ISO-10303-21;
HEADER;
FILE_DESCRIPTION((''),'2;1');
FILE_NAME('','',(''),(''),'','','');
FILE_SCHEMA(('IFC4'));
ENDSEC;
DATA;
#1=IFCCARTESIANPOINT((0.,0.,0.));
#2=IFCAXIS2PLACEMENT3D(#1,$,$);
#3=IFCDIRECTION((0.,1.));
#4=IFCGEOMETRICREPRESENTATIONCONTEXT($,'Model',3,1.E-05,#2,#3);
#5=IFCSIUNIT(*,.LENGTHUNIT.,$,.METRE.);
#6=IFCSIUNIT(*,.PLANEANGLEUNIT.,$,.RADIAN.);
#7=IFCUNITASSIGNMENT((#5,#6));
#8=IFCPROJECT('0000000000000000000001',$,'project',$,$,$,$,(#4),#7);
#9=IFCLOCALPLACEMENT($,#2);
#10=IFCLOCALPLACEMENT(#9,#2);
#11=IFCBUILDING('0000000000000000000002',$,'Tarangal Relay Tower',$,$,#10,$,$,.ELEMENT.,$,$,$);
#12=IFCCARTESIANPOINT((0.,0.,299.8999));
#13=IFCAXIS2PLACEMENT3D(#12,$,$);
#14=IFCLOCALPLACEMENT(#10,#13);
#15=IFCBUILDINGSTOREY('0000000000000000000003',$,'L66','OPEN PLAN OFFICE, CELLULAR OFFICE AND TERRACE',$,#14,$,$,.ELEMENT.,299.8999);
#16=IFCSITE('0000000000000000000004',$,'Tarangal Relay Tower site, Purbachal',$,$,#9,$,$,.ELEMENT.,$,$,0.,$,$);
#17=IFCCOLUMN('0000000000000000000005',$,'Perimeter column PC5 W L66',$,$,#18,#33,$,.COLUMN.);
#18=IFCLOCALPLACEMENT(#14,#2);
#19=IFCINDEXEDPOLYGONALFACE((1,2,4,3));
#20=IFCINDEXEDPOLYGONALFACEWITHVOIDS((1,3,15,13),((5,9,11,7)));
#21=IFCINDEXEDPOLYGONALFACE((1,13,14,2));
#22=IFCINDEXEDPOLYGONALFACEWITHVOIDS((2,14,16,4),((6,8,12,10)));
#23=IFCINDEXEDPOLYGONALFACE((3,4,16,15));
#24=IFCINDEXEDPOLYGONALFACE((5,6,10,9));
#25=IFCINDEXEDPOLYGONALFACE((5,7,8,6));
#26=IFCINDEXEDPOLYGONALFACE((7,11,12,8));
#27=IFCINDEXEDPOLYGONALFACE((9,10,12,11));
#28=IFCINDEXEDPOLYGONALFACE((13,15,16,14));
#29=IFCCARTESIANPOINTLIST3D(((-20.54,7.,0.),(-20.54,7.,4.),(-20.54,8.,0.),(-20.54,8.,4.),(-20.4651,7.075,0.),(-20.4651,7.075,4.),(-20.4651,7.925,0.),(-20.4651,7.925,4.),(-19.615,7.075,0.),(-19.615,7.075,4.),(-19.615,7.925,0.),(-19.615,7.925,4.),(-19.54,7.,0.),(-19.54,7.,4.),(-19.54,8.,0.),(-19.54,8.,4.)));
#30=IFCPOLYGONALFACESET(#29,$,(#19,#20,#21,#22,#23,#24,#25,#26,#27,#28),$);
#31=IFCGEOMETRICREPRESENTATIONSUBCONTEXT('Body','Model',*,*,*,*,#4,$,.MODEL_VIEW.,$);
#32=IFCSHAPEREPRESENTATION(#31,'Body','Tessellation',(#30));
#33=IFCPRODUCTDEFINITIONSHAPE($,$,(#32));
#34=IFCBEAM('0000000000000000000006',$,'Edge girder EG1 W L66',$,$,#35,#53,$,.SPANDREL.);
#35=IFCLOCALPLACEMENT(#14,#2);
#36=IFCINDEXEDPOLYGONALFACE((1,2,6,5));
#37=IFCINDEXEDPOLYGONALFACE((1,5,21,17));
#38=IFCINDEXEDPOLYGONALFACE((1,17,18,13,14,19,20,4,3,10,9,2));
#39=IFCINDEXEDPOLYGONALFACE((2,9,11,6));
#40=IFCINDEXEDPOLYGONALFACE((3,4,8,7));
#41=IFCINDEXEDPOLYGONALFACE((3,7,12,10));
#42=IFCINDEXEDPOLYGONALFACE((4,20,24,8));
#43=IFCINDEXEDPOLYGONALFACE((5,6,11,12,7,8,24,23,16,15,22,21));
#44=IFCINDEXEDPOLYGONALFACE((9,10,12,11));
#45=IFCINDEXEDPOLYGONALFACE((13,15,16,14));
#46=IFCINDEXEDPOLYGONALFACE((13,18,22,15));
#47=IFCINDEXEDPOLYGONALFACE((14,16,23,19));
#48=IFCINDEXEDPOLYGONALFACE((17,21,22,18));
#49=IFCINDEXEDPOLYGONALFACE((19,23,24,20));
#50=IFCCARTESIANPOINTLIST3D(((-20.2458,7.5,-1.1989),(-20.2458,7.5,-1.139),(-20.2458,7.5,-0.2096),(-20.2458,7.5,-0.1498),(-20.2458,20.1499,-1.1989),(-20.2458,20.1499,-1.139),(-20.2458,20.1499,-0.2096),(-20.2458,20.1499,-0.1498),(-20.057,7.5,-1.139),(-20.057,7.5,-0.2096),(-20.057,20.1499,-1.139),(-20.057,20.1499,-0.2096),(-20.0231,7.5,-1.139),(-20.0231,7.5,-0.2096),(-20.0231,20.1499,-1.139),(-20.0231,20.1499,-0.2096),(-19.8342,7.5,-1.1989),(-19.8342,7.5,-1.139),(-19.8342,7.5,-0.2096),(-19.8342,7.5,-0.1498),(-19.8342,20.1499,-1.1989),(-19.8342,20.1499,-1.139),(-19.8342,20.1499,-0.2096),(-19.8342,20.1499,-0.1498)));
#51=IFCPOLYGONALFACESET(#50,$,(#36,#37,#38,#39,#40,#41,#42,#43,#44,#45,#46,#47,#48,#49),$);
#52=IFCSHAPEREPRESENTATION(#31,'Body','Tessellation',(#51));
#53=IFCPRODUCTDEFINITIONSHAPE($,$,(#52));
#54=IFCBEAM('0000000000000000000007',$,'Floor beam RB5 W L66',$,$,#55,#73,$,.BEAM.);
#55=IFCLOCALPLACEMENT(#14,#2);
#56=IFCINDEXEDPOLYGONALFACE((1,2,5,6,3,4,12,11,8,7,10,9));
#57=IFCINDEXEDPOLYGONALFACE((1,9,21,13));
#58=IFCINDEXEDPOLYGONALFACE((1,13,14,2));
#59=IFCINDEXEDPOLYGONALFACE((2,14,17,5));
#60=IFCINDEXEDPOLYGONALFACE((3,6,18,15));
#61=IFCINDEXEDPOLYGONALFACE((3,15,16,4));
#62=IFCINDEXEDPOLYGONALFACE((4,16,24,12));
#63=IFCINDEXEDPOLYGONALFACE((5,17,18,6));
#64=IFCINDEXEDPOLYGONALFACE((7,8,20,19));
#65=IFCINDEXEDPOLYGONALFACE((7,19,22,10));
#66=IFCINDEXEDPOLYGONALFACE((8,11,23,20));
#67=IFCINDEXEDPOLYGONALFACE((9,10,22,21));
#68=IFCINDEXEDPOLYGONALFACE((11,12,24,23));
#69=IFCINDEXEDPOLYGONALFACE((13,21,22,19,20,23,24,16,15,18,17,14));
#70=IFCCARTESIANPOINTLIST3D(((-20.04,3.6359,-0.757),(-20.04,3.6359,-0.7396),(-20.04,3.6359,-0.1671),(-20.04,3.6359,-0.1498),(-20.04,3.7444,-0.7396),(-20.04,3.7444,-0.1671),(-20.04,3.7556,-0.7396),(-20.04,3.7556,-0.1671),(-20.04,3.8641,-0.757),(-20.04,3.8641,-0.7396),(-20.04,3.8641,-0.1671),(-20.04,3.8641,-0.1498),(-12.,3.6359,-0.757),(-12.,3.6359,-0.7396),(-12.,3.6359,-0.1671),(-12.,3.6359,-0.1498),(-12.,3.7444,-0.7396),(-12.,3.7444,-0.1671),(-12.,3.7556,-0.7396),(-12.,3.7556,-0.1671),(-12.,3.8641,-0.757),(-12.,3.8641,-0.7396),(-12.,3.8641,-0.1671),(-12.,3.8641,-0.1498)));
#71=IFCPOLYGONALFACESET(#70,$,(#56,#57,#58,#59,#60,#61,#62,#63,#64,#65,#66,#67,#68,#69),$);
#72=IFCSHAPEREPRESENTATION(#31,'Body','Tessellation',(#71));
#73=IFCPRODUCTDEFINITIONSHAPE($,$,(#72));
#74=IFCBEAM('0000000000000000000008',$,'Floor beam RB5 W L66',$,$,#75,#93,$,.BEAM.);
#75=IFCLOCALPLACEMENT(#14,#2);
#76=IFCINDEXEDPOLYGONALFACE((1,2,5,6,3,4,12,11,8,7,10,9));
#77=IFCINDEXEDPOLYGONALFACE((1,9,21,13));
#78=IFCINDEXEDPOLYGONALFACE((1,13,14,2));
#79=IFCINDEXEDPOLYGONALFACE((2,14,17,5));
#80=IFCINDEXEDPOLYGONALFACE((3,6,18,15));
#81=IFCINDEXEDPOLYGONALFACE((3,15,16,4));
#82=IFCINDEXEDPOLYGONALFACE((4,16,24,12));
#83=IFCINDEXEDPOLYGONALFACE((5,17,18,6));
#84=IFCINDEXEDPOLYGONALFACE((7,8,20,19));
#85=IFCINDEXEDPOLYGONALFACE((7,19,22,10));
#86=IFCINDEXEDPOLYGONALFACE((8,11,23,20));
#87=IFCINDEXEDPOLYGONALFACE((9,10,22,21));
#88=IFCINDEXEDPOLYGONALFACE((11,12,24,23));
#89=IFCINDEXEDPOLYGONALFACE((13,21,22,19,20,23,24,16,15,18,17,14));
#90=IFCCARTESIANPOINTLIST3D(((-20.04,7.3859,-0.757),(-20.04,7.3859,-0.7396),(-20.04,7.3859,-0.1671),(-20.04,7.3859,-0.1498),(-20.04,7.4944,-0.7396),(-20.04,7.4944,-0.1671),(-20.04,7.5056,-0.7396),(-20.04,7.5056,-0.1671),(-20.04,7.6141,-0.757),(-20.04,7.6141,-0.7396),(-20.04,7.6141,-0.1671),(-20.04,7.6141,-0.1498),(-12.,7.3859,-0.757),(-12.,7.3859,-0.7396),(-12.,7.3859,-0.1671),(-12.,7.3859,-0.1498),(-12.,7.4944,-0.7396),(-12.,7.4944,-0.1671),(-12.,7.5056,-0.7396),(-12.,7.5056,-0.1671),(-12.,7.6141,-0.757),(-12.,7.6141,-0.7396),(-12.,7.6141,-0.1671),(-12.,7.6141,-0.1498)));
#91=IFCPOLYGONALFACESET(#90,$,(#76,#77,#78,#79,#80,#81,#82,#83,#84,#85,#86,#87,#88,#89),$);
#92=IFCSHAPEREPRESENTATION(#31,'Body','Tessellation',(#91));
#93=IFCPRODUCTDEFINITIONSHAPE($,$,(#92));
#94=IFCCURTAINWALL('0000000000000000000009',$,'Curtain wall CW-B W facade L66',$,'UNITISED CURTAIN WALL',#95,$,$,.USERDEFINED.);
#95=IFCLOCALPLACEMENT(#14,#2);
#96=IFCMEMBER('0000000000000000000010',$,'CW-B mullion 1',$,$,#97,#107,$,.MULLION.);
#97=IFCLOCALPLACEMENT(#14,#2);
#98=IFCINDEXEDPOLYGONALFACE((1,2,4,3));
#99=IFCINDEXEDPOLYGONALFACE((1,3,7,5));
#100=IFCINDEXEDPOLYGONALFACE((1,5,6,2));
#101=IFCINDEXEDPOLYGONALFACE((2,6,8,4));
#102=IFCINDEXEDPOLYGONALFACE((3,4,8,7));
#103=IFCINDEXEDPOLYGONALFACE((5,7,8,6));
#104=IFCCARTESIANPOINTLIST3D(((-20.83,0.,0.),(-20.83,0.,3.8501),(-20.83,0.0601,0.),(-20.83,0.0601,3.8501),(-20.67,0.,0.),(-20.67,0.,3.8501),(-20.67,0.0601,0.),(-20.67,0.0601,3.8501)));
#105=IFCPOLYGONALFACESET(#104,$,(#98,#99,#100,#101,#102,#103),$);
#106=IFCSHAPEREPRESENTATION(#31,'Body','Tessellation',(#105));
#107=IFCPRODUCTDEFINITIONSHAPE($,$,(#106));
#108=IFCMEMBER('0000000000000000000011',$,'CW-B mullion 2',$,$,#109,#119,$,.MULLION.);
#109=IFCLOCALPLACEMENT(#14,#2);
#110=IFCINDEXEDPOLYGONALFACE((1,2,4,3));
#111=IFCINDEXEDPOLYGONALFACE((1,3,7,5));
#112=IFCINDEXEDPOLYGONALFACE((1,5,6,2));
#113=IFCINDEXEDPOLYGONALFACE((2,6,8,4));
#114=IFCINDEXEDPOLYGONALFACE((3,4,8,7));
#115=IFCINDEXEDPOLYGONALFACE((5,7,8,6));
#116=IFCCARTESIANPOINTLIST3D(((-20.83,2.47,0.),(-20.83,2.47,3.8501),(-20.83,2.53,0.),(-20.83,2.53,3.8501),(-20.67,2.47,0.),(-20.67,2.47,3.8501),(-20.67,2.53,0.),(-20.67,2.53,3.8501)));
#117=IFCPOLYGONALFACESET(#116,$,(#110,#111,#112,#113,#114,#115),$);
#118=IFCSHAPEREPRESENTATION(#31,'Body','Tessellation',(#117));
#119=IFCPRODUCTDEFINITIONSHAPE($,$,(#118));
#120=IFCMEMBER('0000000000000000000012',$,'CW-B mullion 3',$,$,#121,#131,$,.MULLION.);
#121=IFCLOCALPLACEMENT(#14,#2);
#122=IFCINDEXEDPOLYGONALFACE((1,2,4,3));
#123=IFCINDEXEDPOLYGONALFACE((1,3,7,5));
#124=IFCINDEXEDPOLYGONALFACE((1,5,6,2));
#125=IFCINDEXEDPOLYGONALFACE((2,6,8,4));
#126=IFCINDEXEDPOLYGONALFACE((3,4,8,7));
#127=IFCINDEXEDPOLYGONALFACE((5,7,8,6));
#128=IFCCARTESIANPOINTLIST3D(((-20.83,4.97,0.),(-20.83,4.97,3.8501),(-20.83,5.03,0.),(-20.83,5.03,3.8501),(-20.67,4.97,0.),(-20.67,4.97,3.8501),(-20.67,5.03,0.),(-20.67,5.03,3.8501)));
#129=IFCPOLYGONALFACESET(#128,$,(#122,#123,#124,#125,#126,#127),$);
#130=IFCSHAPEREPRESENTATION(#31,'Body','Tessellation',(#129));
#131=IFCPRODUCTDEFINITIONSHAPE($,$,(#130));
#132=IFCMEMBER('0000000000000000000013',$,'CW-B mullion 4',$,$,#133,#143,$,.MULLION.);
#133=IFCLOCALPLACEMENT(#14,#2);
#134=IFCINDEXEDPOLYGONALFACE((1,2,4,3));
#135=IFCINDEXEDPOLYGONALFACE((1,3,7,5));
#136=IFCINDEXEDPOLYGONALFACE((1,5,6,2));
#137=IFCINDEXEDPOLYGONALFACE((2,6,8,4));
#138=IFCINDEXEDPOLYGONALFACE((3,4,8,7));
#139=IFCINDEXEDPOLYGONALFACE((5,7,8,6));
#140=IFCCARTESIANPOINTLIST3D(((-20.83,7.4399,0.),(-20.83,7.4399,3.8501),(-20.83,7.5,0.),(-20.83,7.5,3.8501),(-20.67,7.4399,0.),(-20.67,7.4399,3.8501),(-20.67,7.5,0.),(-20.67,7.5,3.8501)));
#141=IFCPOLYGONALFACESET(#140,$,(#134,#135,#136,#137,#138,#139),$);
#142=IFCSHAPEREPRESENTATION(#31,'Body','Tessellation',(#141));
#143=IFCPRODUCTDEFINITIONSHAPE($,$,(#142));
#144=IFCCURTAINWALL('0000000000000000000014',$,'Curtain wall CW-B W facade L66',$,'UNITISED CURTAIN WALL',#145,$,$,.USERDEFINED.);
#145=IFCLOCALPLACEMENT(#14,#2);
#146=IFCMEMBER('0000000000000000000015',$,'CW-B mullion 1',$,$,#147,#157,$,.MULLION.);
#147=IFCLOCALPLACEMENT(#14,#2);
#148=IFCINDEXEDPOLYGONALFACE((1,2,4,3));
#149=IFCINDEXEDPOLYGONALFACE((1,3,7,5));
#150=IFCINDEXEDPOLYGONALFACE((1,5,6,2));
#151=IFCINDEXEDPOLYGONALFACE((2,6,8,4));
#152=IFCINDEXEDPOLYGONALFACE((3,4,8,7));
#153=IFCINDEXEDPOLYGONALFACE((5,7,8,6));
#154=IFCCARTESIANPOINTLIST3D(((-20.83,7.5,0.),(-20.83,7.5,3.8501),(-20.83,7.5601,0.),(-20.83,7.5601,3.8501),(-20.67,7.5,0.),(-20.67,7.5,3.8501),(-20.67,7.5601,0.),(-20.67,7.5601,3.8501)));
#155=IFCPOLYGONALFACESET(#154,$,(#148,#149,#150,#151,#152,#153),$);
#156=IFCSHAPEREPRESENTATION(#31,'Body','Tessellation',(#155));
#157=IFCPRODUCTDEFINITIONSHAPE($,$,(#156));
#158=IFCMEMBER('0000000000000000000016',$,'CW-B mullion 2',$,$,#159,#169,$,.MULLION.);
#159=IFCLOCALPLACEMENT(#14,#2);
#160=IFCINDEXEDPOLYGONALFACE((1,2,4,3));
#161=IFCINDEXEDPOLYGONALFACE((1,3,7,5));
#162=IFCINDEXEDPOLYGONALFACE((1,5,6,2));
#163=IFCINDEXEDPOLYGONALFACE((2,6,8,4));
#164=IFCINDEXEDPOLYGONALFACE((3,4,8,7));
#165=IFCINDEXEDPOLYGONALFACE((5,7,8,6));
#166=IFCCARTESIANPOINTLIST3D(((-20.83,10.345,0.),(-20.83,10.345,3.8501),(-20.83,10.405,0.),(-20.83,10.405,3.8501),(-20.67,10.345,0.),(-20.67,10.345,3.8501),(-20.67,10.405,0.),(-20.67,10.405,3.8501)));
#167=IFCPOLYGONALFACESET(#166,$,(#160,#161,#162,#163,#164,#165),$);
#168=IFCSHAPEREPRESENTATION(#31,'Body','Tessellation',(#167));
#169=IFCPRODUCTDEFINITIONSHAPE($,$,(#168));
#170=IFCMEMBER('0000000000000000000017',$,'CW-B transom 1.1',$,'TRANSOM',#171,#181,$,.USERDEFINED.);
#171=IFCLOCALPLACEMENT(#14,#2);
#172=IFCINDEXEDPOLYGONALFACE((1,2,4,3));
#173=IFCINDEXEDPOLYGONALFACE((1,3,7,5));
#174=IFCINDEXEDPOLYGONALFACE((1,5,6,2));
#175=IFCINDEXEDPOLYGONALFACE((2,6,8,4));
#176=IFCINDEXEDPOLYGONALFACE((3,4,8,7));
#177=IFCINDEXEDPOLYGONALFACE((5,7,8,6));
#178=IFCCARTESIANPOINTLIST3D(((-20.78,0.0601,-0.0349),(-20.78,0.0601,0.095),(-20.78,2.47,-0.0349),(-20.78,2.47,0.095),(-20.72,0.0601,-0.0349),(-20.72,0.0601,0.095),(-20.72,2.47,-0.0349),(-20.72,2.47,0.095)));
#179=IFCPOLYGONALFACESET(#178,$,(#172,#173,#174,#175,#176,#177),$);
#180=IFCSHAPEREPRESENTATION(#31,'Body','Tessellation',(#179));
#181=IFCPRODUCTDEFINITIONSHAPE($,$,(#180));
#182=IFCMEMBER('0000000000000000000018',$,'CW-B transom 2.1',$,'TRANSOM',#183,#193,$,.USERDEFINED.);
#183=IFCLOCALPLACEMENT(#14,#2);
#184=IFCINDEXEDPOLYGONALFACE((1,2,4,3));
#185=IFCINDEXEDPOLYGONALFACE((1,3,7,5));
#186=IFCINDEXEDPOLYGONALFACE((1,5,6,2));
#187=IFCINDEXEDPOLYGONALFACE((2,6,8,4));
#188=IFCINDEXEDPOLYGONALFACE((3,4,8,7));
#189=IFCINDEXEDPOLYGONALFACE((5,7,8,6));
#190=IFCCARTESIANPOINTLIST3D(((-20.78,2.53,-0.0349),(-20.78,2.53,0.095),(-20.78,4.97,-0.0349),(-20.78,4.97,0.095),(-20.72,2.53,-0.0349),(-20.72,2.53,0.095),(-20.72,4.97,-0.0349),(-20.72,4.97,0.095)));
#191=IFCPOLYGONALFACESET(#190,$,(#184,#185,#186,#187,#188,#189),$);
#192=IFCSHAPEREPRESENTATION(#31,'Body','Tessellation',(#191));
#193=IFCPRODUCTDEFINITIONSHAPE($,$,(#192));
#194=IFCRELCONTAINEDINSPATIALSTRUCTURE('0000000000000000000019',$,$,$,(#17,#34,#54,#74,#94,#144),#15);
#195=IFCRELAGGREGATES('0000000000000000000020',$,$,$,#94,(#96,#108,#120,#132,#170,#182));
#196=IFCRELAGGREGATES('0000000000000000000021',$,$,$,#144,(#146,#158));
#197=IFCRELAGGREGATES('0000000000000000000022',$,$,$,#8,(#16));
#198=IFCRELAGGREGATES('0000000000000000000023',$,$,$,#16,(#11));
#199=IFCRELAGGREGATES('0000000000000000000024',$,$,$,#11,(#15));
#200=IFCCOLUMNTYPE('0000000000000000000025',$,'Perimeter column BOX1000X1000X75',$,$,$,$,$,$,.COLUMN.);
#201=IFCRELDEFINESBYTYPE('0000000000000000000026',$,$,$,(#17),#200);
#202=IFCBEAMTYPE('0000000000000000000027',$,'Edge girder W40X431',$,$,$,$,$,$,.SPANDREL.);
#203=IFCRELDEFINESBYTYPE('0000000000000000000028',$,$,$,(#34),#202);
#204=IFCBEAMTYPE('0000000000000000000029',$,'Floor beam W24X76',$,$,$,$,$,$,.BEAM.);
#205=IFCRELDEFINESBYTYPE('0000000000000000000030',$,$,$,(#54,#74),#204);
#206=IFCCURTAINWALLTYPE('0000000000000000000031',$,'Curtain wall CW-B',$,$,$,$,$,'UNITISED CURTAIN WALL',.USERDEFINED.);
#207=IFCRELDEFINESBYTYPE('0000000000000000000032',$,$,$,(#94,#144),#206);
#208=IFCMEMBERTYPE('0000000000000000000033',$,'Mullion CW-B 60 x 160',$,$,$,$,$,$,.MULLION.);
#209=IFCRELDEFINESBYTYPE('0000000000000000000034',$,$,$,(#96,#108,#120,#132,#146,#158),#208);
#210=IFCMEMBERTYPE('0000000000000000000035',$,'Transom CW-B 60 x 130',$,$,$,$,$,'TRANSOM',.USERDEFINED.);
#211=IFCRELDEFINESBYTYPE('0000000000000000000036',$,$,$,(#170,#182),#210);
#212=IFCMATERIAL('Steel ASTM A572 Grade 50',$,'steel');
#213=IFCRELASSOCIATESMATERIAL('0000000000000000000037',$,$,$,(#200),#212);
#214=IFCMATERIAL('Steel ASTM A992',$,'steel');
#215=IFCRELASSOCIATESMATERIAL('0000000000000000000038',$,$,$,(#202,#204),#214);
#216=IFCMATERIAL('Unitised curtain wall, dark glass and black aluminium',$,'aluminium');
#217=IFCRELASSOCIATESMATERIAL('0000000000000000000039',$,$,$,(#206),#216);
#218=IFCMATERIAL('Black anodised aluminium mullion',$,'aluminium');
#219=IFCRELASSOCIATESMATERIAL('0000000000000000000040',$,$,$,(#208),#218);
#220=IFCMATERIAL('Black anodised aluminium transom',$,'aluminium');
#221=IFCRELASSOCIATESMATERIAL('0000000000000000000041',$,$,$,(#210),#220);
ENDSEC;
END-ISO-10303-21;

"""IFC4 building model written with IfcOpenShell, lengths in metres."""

from ifc_helpers import new_model, si_unit, direction, frame, origin, origin_2d, place, context, subcontext, project, spatial, rectangle, hollow_rectangle, i_section, extrude, material, material_profile, profile_set, type_object, element, aggregate, save


model = new_model("IFC4")

# Units and contexts
model_context = context("Model", 3, precision=1e-05, world=origin(), true_north=direction((0.0, 1.0)))
body_context = subcontext(model_context, "Body", "Model", "MODEL_VIEW")
ifc_project = project(units=[si_unit("LENGTHUNIT", "METRE"), si_unit("PLANEANGLEUNIT", "RADIAN")], contexts=[model_context])

# Site, building, storey
site_placement = place(None, origin())
site = spatial("IfcSite", under=ifc_project, at=site_placement, Name="Tarangal Relay Tower site, Purbachal", CompositionType="ELEMENT", RefElevation=0.0)
building_placement = place(site_placement, origin())
building = spatial("IfcBuilding", under=site, at=building_placement, Name="Tarangal Relay Tower", CompositionType="ELEMENT")
storey_placement = place(building_placement, frame((0.0, 0.0, 299.8999)))
storey = spatial("IfcBuildingStorey", under=building, at=storey_placement, Name="L66", Description="OPEN PLAN OFFICE, CELLULAR OFFICE AND TERRACE", CompositionType="ELEMENT", Elevation=299.8999)

# Column
ifc_material_1 = material(Name="Steel ASTM A572 Grade 50", Category="steel")
ifc_material_profile_1 = material_profile(ifc_material_1, hollow_rectangle(XDim=1.0, YDim=1.0, WallThickness=0.075, at=origin_2d()), Name="BOX1000X1000X75")
ifc_profile_set_1 = profile_set([ifc_material_profile_1], Name="Steel ASTM A572 Grade 50")
column_type = type_object("IfcColumnType", Name="Perimeter column BOX1000X1000X75", PredefinedType="COLUMN", material=ifc_profile_set_1)
column_placement = place(storey_placement, frame((-20.04, 7.5, 0.0), z_axis=(0.0, 0.0, 1.0), x_axis=(1.0, 0.0, 0.0)))
element("IfcColumn", 1, at=column_placement, inside=storey, type_object=column_type, Name="Perimeter column PC5 W L66", PredefinedType="COLUMN", context=body_context, shape_type="SweptSolid", body=[
    extrude(hollow_rectangle(XDim=1.0, YDim=1.0, WallThickness=0.075, at=origin_2d()), origin(), (0.0, 0.0, 1.0), 4.0),
])

# Beams
ifc_material_2 = material(Name="Steel ASTM A992", Category="steel")
ifc_material_profile_2 = material_profile(ifc_material_2, i_section(OverallWidth=0.4116, OverallDepth=1.0491, WebThickness=0.0339, FlangeThickness=0.0598, at=origin_2d()), Name="W40X431")
ifc_profile_set_2 = profile_set([ifc_material_profile_2], Name="Steel ASTM A992")
beam_type_1 = type_object("IfcBeamType", Name="Edge girder W40X431", PredefinedType="SPANDREL", material=ifc_profile_set_2)
beam_placement = place(storey_placement, frame((-20.04, 7.5, -0.6743), z_axis=(0.0, 1.0, 0.0), x_axis=(-1.0, 0.0, 0.0)))
element("IfcBeam", 2, at=beam_placement, inside=storey, type_object=beam_type_1, Name="Edge girder EG1 W L66", PredefinedType="SPANDREL", context=body_context, shape_type="SweptSolid", body=[
    extrude(i_section(OverallWidth=0.4116, OverallDepth=1.0491, WebThickness=0.0339, FlangeThickness=0.0598, at=origin_2d()), origin(), (0.0, 0.0, 1.0), 12.6499),
])
ifc_material_profile_3 = material_profile(ifc_material_2, i_section(OverallWidth=0.2283, OverallDepth=0.6072, WebThickness=0.0112, FlangeThickness=0.0173, at=origin_2d()), Name="W24X76")
ifc_profile_set_3 = profile_set([ifc_material_profile_3], Name="Steel ASTM A992")
beam_type_2 = type_object("IfcBeamType", Name="Floor beam W24X76", PredefinedType="BEAM", material=ifc_profile_set_3)
for number, where, z_axis, x_axis, name in (
    (3, (-12.0, 3.75, -0.4534), (-1.0, 0.0, 0.0), (0.0, -1.0, 0.0), "Floor beam RB5 W L66"),
    (4, (-12.0, 7.5, -0.4534), (-1.0, 0.0, 0.0), (0.0, -1.0, 0.0), "Floor beam RB5 W L66"),
):
    element("IfcBeam", number, at=place(storey_placement, frame(where, z_axis=z_axis, x_axis=x_axis)), inside=storey, type_object=beam_type_2, Name=name, PredefinedType="BEAM", context=body_context, shape_type="SweptSolid", body=[
        extrude(i_section(OverallWidth=0.2283, OverallDepth=0.6072, WebThickness=0.0112, FlangeThickness=0.0173, at=origin_2d()), origin(), (0.0, 0.0, 1.0), 8.04),
    ])

# Curtain walls, members
ifc_material_3 = material(Name="Unitised curtain wall, dark glass and black aluminium", Category="aluminium")
curtain_wall_type = type_object("IfcCurtainWallType", Name="Curtain wall CW-B", ElementType="UNITISED CURTAIN WALL", PredefinedType="USERDEFINED", material=ifc_material_3)
curtain_wall_1_placement = place(storey_placement, origin())
curtain_wall_1 = element("IfcCurtainWall", 5, at=curtain_wall_1_placement, inside=storey, type_object=curtain_wall_type, Name="Curtain wall CW-B W facade L66", ObjectType="UNITISED CURTAIN WALL", PredefinedType="USERDEFINED")
ifc_material_4 = material(Name="Black anodised aluminium mullion", Category="aluminium")
ifc_material_profile_4 = material_profile(ifc_material_4, rectangle(XDim=0.1599, YDim=0.0601, at=origin_2d()), Name="CW-BM 60X160")
ifc_profile_set_4 = profile_set([ifc_material_profile_4], Name="Black anodised aluminium mullion")
member_type_1 = type_object("IfcMemberType", Name="Mullion CW-B 60 x 160", PredefinedType="MULLION", material=ifc_profile_set_4)
member_1_placement = place(storey_placement, frame((-20.75, 0.03, 0.0), z_axis=(0.0, 0.0, 1.0), x_axis=(-1.0, 0.0, 0.0)))
member_1 = element("IfcMember", 6, at=member_1_placement, type_object=member_type_1, Name="CW-B mullion 1", PredefinedType="MULLION", context=body_context, shape_type="SweptSolid", body=[
    extrude(rectangle(XDim=0.1599, YDim=0.0601, at=origin_2d()), origin(), (0.0, 0.0, 1.0), 3.8501),
])
member_2_placement = place(storey_placement, frame((-20.75, 2.5, 0.0), z_axis=(0.0, 0.0, 1.0), x_axis=(-1.0, 0.0, 0.0)))
member_2 = element("IfcMember", 7, at=member_2_placement, type_object=member_type_1, Name="CW-B mullion 2", PredefinedType="MULLION", context=body_context, shape_type="SweptSolid", body=[
    extrude(rectangle(XDim=0.1599, YDim=0.0601, at=origin_2d()), origin(), (0.0, 0.0, 1.0), 3.8501),
])
member_3_placement = place(storey_placement, frame((-20.75, 5.0, 0.0), z_axis=(0.0, 0.0, 1.0), x_axis=(-1.0, 0.0, 0.0)))
member_3 = element("IfcMember", 8, at=member_3_placement, type_object=member_type_1, Name="CW-B mullion 3", PredefinedType="MULLION", context=body_context, shape_type="SweptSolid", body=[
    extrude(rectangle(XDim=0.1599, YDim=0.0601, at=origin_2d()), origin(), (0.0, 0.0, 1.0), 3.8501),
])
member_4_placement = place(storey_placement, frame((-20.75, 7.47, 0.0), z_axis=(0.0, 0.0, 1.0), x_axis=(-1.0, 0.0, 0.0)))
member_4 = element("IfcMember", 9, at=member_4_placement, type_object=member_type_1, Name="CW-B mullion 4", PredefinedType="MULLION", context=body_context, shape_type="SweptSolid", body=[
    extrude(rectangle(XDim=0.1599, YDim=0.0601, at=origin_2d()), origin(), (0.0, 0.0, 1.0), 3.8501),
])
curtain_wall_2_placement = place(storey_placement, origin())
curtain_wall_2 = element("IfcCurtainWall", 10, at=curtain_wall_2_placement, inside=storey, type_object=curtain_wall_type, Name="Curtain wall CW-B W facade L66", ObjectType="UNITISED CURTAIN WALL", PredefinedType="USERDEFINED")
member_5_placement = place(storey_placement, frame((-20.75, 7.53, 0.0), z_axis=(0.0, 0.0, 1.0), x_axis=(-1.0, 0.0, 0.0)))
member_5 = element("IfcMember", 11, at=member_5_placement, type_object=member_type_1, Name="CW-B mullion 1", PredefinedType="MULLION", context=body_context, shape_type="SweptSolid", body=[
    extrude(rectangle(XDim=0.1599, YDim=0.0601, at=origin_2d()), origin(), (0.0, 0.0, 1.0), 3.8501),
])
member_6_placement = place(storey_placement, frame((-20.75, 10.375, 0.0), z_axis=(0.0, 0.0, 1.0), x_axis=(-1.0, 0.0, 0.0)))
member_6 = element("IfcMember", 12, at=member_6_placement, type_object=member_type_1, Name="CW-B mullion 2", PredefinedType="MULLION", context=body_context, shape_type="SweptSolid", body=[
    extrude(rectangle(XDim=0.1599, YDim=0.0601, at=origin_2d()), origin(), (0.0, 0.0, 1.0), 3.8501),
])

# Members
ifc_material_5 = material(Name="Black anodised aluminium transom", Category="aluminium")
ifc_material_profile_5 = material_profile(ifc_material_5, rectangle(XDim=0.0601, YDim=0.1299, at=origin_2d()), Name="CW-BT 60X130")
ifc_profile_set_5 = profile_set([ifc_material_profile_5], Name="Black anodised aluminium transom")
member_type_2 = type_object("IfcMemberType", Name="Transom CW-B 60 x 130", ElementType="TRANSOM", PredefinedType="USERDEFINED", material=ifc_profile_set_5)
member_7_placement = place(storey_placement, frame((-20.75, 0.0601, 0.03), z_axis=(0.0, 1.0, 0.0), x_axis=(-1.0, 0.0, 0.0)))
member_7 = element("IfcMember", 13, at=member_7_placement, type_object=member_type_2, Name="CW-B transom 1.1", ObjectType="TRANSOM", PredefinedType="USERDEFINED", context=body_context, shape_type="SweptSolid", body=[
    extrude(rectangle(XDim=0.0601, YDim=0.1299, at=origin_2d()), origin(), (0.0, 0.0, 1.0), 2.4099),
])
member_8_placement = place(storey_placement, frame((-20.75, 2.53, 0.03), z_axis=(0.0, 1.0, 0.0), x_axis=(-1.0, 0.0, 0.0)))
member_8 = element("IfcMember", 14, at=member_8_placement, type_object=member_type_2, Name="CW-B transom 2.1", ObjectType="TRANSOM", PredefinedType="USERDEFINED", context=body_context, shape_type="SweptSolid", body=[
    extrude(rectangle(XDim=0.0601, YDim=0.1299, at=origin_2d()), origin(), (0.0, 0.0, 1.0), 2.4399),
])

aggregate(curtain_wall_1, [member_1, member_2, member_3, member_4, member_7, member_8])
aggregate(curtain_wall_2, [member_5, member_6])

save(model, "model.ifc")
